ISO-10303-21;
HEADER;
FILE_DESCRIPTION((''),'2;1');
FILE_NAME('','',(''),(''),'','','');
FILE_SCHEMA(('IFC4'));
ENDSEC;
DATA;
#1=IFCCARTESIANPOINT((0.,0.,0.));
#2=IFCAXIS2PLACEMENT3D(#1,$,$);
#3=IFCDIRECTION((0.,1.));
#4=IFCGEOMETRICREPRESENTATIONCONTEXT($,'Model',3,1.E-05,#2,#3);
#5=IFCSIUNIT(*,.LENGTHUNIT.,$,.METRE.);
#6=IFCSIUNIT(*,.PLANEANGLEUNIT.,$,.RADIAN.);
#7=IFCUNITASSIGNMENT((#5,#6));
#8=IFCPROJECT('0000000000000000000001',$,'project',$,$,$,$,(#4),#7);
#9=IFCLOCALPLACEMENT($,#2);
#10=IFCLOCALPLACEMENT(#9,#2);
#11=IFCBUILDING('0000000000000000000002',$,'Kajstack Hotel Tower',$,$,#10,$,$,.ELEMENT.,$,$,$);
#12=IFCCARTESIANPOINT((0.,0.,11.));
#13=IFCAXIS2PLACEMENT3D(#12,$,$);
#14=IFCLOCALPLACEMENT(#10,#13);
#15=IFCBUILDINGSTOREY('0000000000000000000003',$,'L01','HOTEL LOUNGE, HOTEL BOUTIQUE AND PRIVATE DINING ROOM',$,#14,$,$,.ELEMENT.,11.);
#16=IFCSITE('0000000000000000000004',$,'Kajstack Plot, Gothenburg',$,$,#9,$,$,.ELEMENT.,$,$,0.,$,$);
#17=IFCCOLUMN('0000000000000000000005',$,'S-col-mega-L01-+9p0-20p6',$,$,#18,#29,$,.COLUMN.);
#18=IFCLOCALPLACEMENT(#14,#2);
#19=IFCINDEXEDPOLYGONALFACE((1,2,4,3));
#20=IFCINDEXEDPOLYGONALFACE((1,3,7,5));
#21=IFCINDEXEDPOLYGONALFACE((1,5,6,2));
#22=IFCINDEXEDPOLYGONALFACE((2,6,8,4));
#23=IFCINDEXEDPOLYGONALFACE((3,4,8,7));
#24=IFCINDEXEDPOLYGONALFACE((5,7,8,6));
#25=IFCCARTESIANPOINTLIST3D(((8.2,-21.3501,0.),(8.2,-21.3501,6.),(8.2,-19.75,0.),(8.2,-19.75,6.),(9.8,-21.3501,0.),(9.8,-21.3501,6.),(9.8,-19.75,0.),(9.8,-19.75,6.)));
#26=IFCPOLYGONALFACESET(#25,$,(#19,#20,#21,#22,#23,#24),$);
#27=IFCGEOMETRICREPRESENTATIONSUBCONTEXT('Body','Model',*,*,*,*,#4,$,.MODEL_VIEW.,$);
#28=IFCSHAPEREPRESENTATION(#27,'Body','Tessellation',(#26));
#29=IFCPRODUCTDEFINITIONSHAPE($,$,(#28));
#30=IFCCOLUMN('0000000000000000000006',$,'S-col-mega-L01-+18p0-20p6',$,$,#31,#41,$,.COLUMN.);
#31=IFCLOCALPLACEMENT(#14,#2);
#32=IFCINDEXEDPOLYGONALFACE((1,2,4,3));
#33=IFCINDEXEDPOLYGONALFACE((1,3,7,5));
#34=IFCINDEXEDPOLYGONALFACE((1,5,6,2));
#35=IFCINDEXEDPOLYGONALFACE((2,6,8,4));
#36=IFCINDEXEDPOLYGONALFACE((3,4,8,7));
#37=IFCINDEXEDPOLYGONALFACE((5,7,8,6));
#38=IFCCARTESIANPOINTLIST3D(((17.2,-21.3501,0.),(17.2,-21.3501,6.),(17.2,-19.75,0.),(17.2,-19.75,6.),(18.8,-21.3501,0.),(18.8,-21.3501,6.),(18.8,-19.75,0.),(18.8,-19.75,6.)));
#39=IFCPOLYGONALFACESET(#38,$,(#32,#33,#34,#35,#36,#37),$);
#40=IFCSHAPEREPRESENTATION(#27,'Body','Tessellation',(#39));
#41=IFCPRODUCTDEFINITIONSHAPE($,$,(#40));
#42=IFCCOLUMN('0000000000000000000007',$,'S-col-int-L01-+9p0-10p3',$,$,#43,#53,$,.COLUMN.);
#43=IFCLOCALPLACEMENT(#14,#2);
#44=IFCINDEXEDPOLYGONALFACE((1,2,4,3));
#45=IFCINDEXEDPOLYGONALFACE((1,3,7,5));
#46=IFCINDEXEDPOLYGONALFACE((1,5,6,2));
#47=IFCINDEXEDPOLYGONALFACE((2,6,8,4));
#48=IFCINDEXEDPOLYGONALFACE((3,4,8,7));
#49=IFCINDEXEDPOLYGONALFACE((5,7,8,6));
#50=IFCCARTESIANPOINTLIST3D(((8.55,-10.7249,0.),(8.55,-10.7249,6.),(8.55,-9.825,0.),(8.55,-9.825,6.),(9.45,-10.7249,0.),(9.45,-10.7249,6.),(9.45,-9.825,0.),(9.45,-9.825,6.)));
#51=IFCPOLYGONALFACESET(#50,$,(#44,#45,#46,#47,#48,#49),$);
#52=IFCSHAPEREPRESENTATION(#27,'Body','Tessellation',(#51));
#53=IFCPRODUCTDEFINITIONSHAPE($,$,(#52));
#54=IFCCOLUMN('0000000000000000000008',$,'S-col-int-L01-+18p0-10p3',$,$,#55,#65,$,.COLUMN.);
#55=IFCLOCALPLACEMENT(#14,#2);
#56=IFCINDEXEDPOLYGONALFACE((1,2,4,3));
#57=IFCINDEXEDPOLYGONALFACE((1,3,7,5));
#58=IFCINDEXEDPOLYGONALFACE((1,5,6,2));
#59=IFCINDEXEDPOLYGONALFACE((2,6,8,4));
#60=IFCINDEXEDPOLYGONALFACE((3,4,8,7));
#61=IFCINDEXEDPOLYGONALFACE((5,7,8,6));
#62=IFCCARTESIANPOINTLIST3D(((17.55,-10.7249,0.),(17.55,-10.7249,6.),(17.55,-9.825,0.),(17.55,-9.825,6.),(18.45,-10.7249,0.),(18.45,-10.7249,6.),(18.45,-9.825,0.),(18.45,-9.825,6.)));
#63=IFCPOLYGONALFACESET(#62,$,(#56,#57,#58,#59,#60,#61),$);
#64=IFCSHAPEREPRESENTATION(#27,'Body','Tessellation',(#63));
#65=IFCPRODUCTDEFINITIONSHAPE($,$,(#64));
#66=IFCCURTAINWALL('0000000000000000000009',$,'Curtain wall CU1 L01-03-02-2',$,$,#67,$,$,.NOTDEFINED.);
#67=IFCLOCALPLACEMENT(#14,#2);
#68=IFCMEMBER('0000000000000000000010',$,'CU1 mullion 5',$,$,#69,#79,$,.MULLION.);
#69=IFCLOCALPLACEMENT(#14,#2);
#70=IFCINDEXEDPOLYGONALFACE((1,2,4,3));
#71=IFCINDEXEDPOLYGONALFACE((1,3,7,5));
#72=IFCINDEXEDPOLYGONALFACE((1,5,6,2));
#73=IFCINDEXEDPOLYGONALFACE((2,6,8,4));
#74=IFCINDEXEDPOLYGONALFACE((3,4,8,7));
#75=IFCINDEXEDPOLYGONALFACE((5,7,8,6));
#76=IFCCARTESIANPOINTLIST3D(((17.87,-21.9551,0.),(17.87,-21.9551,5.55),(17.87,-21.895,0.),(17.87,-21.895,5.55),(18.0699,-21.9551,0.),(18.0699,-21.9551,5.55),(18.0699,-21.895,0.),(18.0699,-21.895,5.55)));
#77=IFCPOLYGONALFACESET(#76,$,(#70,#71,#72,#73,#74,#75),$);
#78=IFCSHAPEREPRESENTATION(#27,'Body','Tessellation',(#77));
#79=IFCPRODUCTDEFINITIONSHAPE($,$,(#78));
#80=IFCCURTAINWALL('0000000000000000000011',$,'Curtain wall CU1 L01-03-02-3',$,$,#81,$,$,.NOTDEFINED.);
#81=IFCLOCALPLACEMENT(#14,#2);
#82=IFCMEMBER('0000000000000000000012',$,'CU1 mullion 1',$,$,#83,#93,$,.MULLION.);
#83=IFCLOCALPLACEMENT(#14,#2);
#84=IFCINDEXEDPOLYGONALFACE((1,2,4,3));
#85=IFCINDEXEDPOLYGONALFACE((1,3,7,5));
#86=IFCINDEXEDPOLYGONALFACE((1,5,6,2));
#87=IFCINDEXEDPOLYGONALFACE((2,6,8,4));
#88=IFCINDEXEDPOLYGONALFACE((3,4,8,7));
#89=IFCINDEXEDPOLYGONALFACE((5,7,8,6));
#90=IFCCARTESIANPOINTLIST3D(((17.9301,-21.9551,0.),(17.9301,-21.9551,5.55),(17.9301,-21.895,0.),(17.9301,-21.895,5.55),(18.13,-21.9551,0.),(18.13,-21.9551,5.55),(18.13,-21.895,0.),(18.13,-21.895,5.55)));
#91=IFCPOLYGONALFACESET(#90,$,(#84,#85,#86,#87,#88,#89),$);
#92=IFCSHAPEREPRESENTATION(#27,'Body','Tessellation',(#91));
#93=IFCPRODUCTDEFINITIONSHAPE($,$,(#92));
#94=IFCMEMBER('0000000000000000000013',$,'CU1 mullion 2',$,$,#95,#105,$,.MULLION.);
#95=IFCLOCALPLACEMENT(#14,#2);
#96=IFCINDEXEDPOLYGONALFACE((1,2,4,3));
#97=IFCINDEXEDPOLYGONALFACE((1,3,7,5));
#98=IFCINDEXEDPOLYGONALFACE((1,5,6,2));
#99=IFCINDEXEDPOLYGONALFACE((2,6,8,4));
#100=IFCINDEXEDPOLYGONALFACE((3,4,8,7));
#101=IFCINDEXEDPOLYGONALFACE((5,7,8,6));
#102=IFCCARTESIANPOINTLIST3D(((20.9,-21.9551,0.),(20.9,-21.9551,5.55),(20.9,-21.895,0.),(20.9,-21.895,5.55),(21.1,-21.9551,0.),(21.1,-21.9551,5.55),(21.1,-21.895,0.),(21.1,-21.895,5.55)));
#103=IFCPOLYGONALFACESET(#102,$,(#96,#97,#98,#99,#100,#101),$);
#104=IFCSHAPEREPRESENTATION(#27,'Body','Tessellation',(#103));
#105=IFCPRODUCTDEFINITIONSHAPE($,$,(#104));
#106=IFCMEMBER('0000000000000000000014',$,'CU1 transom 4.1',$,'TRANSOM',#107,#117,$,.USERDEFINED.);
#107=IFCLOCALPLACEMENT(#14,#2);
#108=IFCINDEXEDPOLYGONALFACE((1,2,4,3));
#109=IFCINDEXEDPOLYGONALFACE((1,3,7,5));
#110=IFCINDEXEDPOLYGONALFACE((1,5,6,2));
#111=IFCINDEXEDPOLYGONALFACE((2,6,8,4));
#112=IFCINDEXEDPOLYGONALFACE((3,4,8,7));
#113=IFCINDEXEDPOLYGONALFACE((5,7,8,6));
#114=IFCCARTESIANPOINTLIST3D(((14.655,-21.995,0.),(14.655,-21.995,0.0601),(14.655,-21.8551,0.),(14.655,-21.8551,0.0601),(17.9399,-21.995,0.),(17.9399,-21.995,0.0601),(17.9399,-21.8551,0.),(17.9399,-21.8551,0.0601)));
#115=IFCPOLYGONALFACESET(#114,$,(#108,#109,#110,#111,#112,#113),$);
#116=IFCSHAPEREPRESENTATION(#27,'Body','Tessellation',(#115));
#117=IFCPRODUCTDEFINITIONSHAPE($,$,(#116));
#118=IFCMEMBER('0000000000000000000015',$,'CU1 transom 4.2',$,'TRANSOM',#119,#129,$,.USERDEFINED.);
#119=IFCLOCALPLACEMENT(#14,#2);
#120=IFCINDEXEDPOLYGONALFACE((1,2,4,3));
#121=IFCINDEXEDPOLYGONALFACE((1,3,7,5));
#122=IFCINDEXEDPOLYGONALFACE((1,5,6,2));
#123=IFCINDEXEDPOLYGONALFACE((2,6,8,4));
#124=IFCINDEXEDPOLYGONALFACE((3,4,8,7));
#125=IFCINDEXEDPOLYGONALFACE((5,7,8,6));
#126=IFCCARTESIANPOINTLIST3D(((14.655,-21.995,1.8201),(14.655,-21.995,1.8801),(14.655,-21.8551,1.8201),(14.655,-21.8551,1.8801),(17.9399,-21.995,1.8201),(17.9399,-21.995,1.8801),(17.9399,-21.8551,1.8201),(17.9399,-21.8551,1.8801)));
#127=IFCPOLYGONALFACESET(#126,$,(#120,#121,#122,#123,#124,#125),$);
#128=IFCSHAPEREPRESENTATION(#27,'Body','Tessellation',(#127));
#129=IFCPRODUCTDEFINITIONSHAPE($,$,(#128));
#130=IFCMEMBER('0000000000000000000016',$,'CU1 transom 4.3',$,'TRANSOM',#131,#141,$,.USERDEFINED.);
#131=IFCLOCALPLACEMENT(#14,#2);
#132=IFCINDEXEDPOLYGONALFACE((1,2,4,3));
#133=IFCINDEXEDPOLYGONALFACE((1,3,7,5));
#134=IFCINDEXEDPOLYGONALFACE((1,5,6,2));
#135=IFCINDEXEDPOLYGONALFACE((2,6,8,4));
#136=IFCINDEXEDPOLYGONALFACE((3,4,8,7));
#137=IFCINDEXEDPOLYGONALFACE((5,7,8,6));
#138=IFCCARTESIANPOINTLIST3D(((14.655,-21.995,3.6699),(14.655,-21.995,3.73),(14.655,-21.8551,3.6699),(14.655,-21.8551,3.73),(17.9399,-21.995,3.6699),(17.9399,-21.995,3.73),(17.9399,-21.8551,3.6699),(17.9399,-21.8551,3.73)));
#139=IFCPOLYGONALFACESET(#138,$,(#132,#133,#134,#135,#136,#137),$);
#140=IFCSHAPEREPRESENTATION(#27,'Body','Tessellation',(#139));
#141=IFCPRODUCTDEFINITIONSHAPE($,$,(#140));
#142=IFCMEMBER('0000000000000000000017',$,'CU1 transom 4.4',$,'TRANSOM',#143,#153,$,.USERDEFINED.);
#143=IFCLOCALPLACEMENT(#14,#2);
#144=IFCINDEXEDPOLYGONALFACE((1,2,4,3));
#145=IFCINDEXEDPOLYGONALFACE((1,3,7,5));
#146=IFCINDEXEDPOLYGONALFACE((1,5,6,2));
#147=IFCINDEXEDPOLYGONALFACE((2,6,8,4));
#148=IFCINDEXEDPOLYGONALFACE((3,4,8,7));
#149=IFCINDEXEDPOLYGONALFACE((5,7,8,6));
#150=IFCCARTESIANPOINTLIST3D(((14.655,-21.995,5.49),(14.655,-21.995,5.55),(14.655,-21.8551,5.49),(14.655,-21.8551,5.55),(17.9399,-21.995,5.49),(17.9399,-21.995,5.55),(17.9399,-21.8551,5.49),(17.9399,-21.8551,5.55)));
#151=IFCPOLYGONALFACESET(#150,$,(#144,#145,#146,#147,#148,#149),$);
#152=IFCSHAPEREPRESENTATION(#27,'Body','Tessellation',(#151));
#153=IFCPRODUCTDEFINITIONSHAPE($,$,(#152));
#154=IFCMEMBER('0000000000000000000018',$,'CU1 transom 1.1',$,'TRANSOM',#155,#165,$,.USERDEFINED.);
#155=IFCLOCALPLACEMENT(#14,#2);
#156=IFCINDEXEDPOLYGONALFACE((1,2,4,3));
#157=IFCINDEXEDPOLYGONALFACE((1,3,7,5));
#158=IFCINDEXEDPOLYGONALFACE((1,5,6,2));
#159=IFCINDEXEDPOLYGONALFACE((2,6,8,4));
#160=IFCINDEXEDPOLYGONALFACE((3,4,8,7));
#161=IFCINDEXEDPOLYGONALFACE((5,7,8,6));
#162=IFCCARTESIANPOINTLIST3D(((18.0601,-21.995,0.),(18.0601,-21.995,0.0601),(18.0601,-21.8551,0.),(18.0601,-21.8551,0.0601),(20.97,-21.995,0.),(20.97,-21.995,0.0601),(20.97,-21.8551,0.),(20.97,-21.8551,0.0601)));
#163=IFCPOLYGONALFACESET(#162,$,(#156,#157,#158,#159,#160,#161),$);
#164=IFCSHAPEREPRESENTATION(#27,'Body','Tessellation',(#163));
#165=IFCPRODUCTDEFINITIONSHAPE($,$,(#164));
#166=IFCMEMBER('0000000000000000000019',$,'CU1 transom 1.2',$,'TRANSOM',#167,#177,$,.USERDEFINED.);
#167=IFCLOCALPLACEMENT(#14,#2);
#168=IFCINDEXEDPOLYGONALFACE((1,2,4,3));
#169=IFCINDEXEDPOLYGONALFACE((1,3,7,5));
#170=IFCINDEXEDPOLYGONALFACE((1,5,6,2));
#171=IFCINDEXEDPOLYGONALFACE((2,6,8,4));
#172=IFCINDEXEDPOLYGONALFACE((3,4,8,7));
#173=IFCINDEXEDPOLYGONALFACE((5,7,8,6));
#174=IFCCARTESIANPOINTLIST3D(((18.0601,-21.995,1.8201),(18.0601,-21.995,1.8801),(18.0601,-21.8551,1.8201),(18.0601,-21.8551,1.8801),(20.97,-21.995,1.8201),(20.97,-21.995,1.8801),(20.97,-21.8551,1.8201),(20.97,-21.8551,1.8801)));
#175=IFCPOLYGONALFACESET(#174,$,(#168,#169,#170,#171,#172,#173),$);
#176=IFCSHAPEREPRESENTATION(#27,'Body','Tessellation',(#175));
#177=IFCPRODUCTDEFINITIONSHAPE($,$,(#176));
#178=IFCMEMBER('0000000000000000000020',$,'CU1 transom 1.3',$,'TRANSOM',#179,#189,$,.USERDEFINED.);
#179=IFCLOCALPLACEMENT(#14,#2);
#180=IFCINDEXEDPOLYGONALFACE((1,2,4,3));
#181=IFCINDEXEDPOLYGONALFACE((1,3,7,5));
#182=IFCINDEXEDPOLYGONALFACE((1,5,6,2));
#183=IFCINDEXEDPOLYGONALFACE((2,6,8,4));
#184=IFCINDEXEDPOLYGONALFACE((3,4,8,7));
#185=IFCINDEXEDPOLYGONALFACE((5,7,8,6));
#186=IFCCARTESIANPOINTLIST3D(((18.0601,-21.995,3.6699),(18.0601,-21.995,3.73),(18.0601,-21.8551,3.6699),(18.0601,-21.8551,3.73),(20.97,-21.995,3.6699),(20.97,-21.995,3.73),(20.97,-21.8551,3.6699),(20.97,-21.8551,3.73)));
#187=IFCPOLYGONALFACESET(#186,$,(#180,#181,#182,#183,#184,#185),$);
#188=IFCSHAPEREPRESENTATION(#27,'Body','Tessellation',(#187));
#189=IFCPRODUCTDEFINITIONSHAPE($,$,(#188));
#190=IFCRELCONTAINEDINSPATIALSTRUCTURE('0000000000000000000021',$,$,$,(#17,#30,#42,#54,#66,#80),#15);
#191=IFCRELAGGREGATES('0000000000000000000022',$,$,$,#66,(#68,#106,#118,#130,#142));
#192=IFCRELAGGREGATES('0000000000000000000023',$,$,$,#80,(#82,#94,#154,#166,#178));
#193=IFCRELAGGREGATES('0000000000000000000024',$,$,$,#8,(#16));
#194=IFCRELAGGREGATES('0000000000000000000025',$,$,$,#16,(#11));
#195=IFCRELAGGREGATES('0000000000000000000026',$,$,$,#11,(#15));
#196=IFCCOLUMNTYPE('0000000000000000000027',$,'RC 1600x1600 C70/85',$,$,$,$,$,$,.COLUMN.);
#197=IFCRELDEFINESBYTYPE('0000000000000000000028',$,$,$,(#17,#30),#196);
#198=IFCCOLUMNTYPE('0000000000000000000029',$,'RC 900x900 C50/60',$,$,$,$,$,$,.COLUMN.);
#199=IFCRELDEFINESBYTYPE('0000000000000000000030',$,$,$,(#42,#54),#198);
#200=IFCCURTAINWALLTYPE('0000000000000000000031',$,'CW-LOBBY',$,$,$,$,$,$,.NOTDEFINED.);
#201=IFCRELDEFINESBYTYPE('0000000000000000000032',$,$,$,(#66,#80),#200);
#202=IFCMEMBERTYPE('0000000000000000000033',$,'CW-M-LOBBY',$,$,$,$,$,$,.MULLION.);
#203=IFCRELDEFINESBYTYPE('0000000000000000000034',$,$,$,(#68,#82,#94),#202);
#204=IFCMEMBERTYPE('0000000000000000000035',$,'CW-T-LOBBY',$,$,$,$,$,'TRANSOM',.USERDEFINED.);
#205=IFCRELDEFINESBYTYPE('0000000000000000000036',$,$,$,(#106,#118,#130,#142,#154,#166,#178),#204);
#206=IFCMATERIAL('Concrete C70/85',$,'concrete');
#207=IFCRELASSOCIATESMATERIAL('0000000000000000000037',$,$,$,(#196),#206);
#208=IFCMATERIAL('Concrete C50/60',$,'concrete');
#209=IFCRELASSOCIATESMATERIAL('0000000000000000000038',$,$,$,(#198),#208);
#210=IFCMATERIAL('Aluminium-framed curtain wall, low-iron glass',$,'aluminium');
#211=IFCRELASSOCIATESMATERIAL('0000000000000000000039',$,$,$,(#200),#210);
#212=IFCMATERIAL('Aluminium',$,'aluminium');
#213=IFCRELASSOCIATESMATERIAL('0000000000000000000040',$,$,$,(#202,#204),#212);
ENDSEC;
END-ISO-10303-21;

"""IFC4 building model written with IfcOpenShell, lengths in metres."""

from ifc_helpers import new_model, si_unit, direction, frame, origin, origin_2d, place, context, subcontext, project, spatial, rectangle, extrude, material, material_profile, profile_set, type_object, element, aggregate, save


model = new_model("IFC4")

# Units and contexts
model_context = context("Model", 3, precision=1e-05, world=origin(), true_north=direction((0.0, 1.0)))
body_context = subcontext(model_context, "Body", "Model", "MODEL_VIEW")
ifc_project = project(units=[si_unit("LENGTHUNIT", "METRE"), si_unit("PLANEANGLEUNIT", "RADIAN")], contexts=[model_context])

# Site, building, storey
site_placement = place(None, origin())
site = spatial("IfcSite", under=ifc_project, at=site_placement, Name="Kajstack Plot, Gothenburg", CompositionType="ELEMENT", RefElevation=0.0)
building_placement = place(site_placement, origin())
building = spatial("IfcBuilding", under=site, at=building_placement, Name="Kajstack Hotel Tower", CompositionType="ELEMENT")
storey_placement = place(building_placement, frame((0.0, 0.0, 11.0)))
storey = spatial("IfcBuildingStorey", under=building, at=storey_placement, Name="L01", Description="HOTEL LOUNGE, HOTEL BOUTIQUE AND PRIVATE DINING ROOM", CompositionType="ELEMENT", Elevation=11.0)

# Columns
ifc_material_1 = material(Name="Concrete C70/85", Category="concrete")
ifc_material_profile_1 = material_profile(ifc_material_1, rectangle(XDim=1.6001, YDim=1.6001, at=origin_2d()), Name="RC 1600x1600")
ifc_profile_set_1 = profile_set([ifc_material_profile_1], Name="Concrete C70/85")
column_type_1 = type_object("IfcColumnType", Name="RC 1600x1600 C70/85", PredefinedType="COLUMN", material=ifc_profile_set_1)
for number, where, z_axis, x_axis, name in (
    (1, (9.0, -20.55, 0.0), (0.0, 0.0, 1.0), (1.0, 0.0, 0.0), "S-col-mega-L01-+9p0-20p6"),
    (2, (18.0, -20.55, 0.0), (0.0, 0.0, 1.0), (1.0, 0.0, 0.0), "S-col-mega-L01-+18p0-20p6"),
):
    element("IfcColumn", number, at=place(storey_placement, frame(where, z_axis=z_axis, x_axis=x_axis)), inside=storey, type_object=column_type_1, Name=name, PredefinedType="COLUMN", context=body_context, shape_type="SweptSolid", body=[
        extrude(rectangle(XDim=1.6001, YDim=1.6001, at=origin_2d()), origin(), (0.0, 0.0, 1.0), 6.0),
    ])
ifc_material_2 = material(Name="Concrete C50/60", Category="concrete")
ifc_material_profile_2 = material_profile(ifc_material_2, rectangle(XDim=0.8999, YDim=0.8999, at=origin_2d()), Name="RC 900x900")
ifc_profile_set_2 = profile_set([ifc_material_profile_2], Name="Concrete C50/60")
column_type_2 = type_object("IfcColumnType", Name="RC 900x900 C50/60", PredefinedType="COLUMN", material=ifc_profile_set_2)
for number, where, z_axis, x_axis, name in (
    (3, (9.0, -10.2749, 0.0), (0.0, 0.0, 1.0), (1.0, 0.0, 0.0), "S-col-int-L01-+9p0-10p3"),
    (4, (18.0, -10.2749, 0.0), (0.0, 0.0, 1.0), (1.0, 0.0, 0.0), "S-col-int-L01-+18p0-10p3"),
):
    element("IfcColumn", number, at=place(storey_placement, frame(where, z_axis=z_axis, x_axis=x_axis)), inside=storey, type_object=column_type_2, Name=name, PredefinedType="COLUMN", context=body_context, shape_type="SweptSolid", body=[
        extrude(rectangle(XDim=0.8999, YDim=0.8999, at=origin_2d()), origin(), (0.0, 0.0, 1.0), 6.0),
    ])

# Curtain wall, member
ifc_material_3 = material(Name="Aluminium-framed curtain wall, low-iron glass", Category="aluminium")
curtain_wall_type = type_object("IfcCurtainWallType", Name="CW-LOBBY", PredefinedType="NOTDEFINED", material=ifc_material_3)
curtain_wall_1_placement = place(storey_placement, origin())
curtain_wall_1 = element("IfcCurtainWall", 5, at=curtain_wall_1_placement, inside=storey, type_object=curtain_wall_type, Name="Curtain wall CU1 L01-03-02-2", PredefinedType="NOTDEFINED")
ifc_material_4 = material(Name="Aluminium", Category="aluminium")
ifc_material_profile_3 = material_profile(ifc_material_4, rectangle(XDim=0.0601, YDim=0.2, at=origin_2d()), Name="Aluminium mullion 60 x 200")
ifc_profile_set_3 = profile_set([ifc_material_profile_3], Name="Aluminium")
member_type_1 = type_object("IfcMemberType", Name="CW-M-LOBBY", PredefinedType="MULLION", material=ifc_profile_set_3)
member_1_placement = place(storey_placement, frame((17.97, -21.925, 0.0), z_axis=(0.0, 0.0, 1.0), x_axis=(0.0, 1.0, 0.0)))
member_1 = element("IfcMember", 6, at=member_1_placement, type_object=member_type_1, Name="CU1 mullion 5", PredefinedType="MULLION", context=body_context, shape_type="SweptSolid", body=[
    extrude(rectangle(XDim=0.0601, YDim=0.2, at=origin_2d()), origin(), (0.0, 0.0, 1.0), 5.55),
])

# Curtain wall, members
curtain_wall_2_placement = place(storey_placement, origin())
curtain_wall_2 = element("IfcCurtainWall", 7, at=curtain_wall_2_placement, inside=storey, type_object=curtain_wall_type, Name="Curtain wall CU1 L01-03-02-3", PredefinedType="NOTDEFINED")
member_2_placement = place(storey_placement, frame((18.03, -21.925, 0.0), z_axis=(0.0, 0.0, 1.0), x_axis=(0.0, 1.0, 0.0)))
member_2 = element("IfcMember", 8, at=member_2_placement, type_object=member_type_1, Name="CU1 mullion 1", PredefinedType="MULLION", context=body_context, shape_type="SweptSolid", body=[
    extrude(rectangle(XDim=0.0601, YDim=0.2, at=origin_2d()), origin(), (0.0, 0.0, 1.0), 5.55),
])
member_3_placement = place(storey_placement, frame((21.0, -21.925, 0.0), z_axis=(0.0, 0.0, 1.0), x_axis=(0.0, 1.0, 0.0)))
member_3 = element("IfcMember", 9, at=member_3_placement, type_object=member_type_1, Name="CU1 mullion 2", PredefinedType="MULLION", context=body_context, shape_type="SweptSolid", body=[
    extrude(rectangle(XDim=0.0601, YDim=0.2, at=origin_2d()), origin(), (0.0, 0.0, 1.0), 5.55),
])

# Members
ifc_material_profile_4 = material_profile(ifc_material_4, rectangle(XDim=0.1399, YDim=0.0601, at=origin_2d()), Name="Aluminium transom 140 x 60")
ifc_profile_set_4 = profile_set([ifc_material_profile_4], Name="Aluminium")
member_type_2 = type_object("IfcMemberType", Name="CW-T-LOBBY", ElementType="TRANSOM", PredefinedType="USERDEFINED", material=ifc_profile_set_4)
member_4_placement = place(storey_placement, frame((14.655, -21.925, 0.03), z_axis=(1.0, 0.0, 0.0), x_axis=(0.0, 1.0, 0.0)))
member_4 = element("IfcMember", 10, at=member_4_placement, type_object=member_type_2, Name="CU1 transom 4.1", ObjectType="TRANSOM", PredefinedType="USERDEFINED", context=body_context, shape_type="SweptSolid", body=[
    extrude(rectangle(XDim=0.1399, YDim=0.0601, at=origin_2d()), origin(), (0.0, 0.0, 1.0), 3.2849),
])
member_5_placement = place(storey_placement, frame((14.655, -21.925, 1.8501), z_axis=(1.0, 0.0, 0.0), x_axis=(0.0, 1.0, 0.0)))
member_5 = element("IfcMember", 11, at=member_5_placement, type_object=member_type_2, Name="CU1 transom 4.2", ObjectType="TRANSOM", PredefinedType="USERDEFINED", context=body_context, shape_type="SweptSolid", body=[
    extrude(rectangle(XDim=0.1399, YDim=0.0601, at=origin_2d()), origin(), (0.0, 0.0, 1.0), 3.2849),
])
member_6_placement = place(storey_placement, frame((14.655, -21.925, 3.7), z_axis=(1.0, 0.0, 0.0), x_axis=(0.0, 1.0, 0.0)))
member_6 = element("IfcMember", 12, at=member_6_placement, type_object=member_type_2, Name="CU1 transom 4.3", ObjectType="TRANSOM", PredefinedType="USERDEFINED", context=body_context, shape_type="SweptSolid", body=[
    extrude(rectangle(XDim=0.1399, YDim=0.0601, at=origin_2d()), origin(), (0.0, 0.0, 1.0), 3.2849),
])
member_7_placement = place(storey_placement, frame((14.655, -21.925, 5.52), z_axis=(1.0, 0.0, 0.0), x_axis=(0.0, 1.0, 0.0)))
member_7 = element("IfcMember", 13, at=member_7_placement, type_object=member_type_2, Name="CU1 transom 4.4", ObjectType="TRANSOM", PredefinedType="USERDEFINED", context=body_context, shape_type="SweptSolid", body=[
    extrude(rectangle(XDim=0.1399, YDim=0.0601, at=origin_2d()), origin(), (0.0, 0.0, 1.0), 3.2849),
])
member_8_placement = place(storey_placement, frame((18.0601, -21.925, 0.03), z_axis=(1.0, 0.0, 0.0), x_axis=(0.0, 1.0, 0.0)))
member_8 = element("IfcMember", 14, at=member_8_placement, type_object=member_type_2, Name="CU1 transom 1.1", ObjectType="TRANSOM", PredefinedType="USERDEFINED", context=body_context, shape_type="SweptSolid", body=[
    extrude(rectangle(XDim=0.1399, YDim=0.0601, at=origin_2d()), origin(), (0.0, 0.0, 1.0), 2.9099),
])
member_9_placement = place(storey_placement, frame((18.0601, -21.925, 1.8501), z_axis=(1.0, 0.0, 0.0), x_axis=(0.0, 1.0, 0.0)))
member_9 = element("IfcMember", 15, at=member_9_placement, type_object=member_type_2, Name="CU1 transom 1.2", ObjectType="TRANSOM", PredefinedType="USERDEFINED", context=body_context, shape_type="SweptSolid", body=[
    extrude(rectangle(XDim=0.1399, YDim=0.0601, at=origin_2d()), origin(), (0.0, 0.0, 1.0), 2.9099),
])
member_10_placement = place(storey_placement, frame((18.0601, -21.925, 3.7), z_axis=(1.0, 0.0, 0.0), x_axis=(0.0, 1.0, 0.0)))
member_10 = element("IfcMember", 16, at=member_10_placement, type_object=member_type_2, Name="CU1 transom 1.3", ObjectType="TRANSOM", PredefinedType="USERDEFINED", context=body_context, shape_type="SweptSolid", body=[
    extrude(rectangle(XDim=0.1399, YDim=0.0601, at=origin_2d()), origin(), (0.0, 0.0, 1.0), 2.9099),
])

aggregate(curtain_wall_1, [member_1, member_4, member_5, member_6, member_7])
aggregate(curtain_wall_2, [member_2, member_3, member_8, member_9, member_10])

save(model, "model.ifc")
